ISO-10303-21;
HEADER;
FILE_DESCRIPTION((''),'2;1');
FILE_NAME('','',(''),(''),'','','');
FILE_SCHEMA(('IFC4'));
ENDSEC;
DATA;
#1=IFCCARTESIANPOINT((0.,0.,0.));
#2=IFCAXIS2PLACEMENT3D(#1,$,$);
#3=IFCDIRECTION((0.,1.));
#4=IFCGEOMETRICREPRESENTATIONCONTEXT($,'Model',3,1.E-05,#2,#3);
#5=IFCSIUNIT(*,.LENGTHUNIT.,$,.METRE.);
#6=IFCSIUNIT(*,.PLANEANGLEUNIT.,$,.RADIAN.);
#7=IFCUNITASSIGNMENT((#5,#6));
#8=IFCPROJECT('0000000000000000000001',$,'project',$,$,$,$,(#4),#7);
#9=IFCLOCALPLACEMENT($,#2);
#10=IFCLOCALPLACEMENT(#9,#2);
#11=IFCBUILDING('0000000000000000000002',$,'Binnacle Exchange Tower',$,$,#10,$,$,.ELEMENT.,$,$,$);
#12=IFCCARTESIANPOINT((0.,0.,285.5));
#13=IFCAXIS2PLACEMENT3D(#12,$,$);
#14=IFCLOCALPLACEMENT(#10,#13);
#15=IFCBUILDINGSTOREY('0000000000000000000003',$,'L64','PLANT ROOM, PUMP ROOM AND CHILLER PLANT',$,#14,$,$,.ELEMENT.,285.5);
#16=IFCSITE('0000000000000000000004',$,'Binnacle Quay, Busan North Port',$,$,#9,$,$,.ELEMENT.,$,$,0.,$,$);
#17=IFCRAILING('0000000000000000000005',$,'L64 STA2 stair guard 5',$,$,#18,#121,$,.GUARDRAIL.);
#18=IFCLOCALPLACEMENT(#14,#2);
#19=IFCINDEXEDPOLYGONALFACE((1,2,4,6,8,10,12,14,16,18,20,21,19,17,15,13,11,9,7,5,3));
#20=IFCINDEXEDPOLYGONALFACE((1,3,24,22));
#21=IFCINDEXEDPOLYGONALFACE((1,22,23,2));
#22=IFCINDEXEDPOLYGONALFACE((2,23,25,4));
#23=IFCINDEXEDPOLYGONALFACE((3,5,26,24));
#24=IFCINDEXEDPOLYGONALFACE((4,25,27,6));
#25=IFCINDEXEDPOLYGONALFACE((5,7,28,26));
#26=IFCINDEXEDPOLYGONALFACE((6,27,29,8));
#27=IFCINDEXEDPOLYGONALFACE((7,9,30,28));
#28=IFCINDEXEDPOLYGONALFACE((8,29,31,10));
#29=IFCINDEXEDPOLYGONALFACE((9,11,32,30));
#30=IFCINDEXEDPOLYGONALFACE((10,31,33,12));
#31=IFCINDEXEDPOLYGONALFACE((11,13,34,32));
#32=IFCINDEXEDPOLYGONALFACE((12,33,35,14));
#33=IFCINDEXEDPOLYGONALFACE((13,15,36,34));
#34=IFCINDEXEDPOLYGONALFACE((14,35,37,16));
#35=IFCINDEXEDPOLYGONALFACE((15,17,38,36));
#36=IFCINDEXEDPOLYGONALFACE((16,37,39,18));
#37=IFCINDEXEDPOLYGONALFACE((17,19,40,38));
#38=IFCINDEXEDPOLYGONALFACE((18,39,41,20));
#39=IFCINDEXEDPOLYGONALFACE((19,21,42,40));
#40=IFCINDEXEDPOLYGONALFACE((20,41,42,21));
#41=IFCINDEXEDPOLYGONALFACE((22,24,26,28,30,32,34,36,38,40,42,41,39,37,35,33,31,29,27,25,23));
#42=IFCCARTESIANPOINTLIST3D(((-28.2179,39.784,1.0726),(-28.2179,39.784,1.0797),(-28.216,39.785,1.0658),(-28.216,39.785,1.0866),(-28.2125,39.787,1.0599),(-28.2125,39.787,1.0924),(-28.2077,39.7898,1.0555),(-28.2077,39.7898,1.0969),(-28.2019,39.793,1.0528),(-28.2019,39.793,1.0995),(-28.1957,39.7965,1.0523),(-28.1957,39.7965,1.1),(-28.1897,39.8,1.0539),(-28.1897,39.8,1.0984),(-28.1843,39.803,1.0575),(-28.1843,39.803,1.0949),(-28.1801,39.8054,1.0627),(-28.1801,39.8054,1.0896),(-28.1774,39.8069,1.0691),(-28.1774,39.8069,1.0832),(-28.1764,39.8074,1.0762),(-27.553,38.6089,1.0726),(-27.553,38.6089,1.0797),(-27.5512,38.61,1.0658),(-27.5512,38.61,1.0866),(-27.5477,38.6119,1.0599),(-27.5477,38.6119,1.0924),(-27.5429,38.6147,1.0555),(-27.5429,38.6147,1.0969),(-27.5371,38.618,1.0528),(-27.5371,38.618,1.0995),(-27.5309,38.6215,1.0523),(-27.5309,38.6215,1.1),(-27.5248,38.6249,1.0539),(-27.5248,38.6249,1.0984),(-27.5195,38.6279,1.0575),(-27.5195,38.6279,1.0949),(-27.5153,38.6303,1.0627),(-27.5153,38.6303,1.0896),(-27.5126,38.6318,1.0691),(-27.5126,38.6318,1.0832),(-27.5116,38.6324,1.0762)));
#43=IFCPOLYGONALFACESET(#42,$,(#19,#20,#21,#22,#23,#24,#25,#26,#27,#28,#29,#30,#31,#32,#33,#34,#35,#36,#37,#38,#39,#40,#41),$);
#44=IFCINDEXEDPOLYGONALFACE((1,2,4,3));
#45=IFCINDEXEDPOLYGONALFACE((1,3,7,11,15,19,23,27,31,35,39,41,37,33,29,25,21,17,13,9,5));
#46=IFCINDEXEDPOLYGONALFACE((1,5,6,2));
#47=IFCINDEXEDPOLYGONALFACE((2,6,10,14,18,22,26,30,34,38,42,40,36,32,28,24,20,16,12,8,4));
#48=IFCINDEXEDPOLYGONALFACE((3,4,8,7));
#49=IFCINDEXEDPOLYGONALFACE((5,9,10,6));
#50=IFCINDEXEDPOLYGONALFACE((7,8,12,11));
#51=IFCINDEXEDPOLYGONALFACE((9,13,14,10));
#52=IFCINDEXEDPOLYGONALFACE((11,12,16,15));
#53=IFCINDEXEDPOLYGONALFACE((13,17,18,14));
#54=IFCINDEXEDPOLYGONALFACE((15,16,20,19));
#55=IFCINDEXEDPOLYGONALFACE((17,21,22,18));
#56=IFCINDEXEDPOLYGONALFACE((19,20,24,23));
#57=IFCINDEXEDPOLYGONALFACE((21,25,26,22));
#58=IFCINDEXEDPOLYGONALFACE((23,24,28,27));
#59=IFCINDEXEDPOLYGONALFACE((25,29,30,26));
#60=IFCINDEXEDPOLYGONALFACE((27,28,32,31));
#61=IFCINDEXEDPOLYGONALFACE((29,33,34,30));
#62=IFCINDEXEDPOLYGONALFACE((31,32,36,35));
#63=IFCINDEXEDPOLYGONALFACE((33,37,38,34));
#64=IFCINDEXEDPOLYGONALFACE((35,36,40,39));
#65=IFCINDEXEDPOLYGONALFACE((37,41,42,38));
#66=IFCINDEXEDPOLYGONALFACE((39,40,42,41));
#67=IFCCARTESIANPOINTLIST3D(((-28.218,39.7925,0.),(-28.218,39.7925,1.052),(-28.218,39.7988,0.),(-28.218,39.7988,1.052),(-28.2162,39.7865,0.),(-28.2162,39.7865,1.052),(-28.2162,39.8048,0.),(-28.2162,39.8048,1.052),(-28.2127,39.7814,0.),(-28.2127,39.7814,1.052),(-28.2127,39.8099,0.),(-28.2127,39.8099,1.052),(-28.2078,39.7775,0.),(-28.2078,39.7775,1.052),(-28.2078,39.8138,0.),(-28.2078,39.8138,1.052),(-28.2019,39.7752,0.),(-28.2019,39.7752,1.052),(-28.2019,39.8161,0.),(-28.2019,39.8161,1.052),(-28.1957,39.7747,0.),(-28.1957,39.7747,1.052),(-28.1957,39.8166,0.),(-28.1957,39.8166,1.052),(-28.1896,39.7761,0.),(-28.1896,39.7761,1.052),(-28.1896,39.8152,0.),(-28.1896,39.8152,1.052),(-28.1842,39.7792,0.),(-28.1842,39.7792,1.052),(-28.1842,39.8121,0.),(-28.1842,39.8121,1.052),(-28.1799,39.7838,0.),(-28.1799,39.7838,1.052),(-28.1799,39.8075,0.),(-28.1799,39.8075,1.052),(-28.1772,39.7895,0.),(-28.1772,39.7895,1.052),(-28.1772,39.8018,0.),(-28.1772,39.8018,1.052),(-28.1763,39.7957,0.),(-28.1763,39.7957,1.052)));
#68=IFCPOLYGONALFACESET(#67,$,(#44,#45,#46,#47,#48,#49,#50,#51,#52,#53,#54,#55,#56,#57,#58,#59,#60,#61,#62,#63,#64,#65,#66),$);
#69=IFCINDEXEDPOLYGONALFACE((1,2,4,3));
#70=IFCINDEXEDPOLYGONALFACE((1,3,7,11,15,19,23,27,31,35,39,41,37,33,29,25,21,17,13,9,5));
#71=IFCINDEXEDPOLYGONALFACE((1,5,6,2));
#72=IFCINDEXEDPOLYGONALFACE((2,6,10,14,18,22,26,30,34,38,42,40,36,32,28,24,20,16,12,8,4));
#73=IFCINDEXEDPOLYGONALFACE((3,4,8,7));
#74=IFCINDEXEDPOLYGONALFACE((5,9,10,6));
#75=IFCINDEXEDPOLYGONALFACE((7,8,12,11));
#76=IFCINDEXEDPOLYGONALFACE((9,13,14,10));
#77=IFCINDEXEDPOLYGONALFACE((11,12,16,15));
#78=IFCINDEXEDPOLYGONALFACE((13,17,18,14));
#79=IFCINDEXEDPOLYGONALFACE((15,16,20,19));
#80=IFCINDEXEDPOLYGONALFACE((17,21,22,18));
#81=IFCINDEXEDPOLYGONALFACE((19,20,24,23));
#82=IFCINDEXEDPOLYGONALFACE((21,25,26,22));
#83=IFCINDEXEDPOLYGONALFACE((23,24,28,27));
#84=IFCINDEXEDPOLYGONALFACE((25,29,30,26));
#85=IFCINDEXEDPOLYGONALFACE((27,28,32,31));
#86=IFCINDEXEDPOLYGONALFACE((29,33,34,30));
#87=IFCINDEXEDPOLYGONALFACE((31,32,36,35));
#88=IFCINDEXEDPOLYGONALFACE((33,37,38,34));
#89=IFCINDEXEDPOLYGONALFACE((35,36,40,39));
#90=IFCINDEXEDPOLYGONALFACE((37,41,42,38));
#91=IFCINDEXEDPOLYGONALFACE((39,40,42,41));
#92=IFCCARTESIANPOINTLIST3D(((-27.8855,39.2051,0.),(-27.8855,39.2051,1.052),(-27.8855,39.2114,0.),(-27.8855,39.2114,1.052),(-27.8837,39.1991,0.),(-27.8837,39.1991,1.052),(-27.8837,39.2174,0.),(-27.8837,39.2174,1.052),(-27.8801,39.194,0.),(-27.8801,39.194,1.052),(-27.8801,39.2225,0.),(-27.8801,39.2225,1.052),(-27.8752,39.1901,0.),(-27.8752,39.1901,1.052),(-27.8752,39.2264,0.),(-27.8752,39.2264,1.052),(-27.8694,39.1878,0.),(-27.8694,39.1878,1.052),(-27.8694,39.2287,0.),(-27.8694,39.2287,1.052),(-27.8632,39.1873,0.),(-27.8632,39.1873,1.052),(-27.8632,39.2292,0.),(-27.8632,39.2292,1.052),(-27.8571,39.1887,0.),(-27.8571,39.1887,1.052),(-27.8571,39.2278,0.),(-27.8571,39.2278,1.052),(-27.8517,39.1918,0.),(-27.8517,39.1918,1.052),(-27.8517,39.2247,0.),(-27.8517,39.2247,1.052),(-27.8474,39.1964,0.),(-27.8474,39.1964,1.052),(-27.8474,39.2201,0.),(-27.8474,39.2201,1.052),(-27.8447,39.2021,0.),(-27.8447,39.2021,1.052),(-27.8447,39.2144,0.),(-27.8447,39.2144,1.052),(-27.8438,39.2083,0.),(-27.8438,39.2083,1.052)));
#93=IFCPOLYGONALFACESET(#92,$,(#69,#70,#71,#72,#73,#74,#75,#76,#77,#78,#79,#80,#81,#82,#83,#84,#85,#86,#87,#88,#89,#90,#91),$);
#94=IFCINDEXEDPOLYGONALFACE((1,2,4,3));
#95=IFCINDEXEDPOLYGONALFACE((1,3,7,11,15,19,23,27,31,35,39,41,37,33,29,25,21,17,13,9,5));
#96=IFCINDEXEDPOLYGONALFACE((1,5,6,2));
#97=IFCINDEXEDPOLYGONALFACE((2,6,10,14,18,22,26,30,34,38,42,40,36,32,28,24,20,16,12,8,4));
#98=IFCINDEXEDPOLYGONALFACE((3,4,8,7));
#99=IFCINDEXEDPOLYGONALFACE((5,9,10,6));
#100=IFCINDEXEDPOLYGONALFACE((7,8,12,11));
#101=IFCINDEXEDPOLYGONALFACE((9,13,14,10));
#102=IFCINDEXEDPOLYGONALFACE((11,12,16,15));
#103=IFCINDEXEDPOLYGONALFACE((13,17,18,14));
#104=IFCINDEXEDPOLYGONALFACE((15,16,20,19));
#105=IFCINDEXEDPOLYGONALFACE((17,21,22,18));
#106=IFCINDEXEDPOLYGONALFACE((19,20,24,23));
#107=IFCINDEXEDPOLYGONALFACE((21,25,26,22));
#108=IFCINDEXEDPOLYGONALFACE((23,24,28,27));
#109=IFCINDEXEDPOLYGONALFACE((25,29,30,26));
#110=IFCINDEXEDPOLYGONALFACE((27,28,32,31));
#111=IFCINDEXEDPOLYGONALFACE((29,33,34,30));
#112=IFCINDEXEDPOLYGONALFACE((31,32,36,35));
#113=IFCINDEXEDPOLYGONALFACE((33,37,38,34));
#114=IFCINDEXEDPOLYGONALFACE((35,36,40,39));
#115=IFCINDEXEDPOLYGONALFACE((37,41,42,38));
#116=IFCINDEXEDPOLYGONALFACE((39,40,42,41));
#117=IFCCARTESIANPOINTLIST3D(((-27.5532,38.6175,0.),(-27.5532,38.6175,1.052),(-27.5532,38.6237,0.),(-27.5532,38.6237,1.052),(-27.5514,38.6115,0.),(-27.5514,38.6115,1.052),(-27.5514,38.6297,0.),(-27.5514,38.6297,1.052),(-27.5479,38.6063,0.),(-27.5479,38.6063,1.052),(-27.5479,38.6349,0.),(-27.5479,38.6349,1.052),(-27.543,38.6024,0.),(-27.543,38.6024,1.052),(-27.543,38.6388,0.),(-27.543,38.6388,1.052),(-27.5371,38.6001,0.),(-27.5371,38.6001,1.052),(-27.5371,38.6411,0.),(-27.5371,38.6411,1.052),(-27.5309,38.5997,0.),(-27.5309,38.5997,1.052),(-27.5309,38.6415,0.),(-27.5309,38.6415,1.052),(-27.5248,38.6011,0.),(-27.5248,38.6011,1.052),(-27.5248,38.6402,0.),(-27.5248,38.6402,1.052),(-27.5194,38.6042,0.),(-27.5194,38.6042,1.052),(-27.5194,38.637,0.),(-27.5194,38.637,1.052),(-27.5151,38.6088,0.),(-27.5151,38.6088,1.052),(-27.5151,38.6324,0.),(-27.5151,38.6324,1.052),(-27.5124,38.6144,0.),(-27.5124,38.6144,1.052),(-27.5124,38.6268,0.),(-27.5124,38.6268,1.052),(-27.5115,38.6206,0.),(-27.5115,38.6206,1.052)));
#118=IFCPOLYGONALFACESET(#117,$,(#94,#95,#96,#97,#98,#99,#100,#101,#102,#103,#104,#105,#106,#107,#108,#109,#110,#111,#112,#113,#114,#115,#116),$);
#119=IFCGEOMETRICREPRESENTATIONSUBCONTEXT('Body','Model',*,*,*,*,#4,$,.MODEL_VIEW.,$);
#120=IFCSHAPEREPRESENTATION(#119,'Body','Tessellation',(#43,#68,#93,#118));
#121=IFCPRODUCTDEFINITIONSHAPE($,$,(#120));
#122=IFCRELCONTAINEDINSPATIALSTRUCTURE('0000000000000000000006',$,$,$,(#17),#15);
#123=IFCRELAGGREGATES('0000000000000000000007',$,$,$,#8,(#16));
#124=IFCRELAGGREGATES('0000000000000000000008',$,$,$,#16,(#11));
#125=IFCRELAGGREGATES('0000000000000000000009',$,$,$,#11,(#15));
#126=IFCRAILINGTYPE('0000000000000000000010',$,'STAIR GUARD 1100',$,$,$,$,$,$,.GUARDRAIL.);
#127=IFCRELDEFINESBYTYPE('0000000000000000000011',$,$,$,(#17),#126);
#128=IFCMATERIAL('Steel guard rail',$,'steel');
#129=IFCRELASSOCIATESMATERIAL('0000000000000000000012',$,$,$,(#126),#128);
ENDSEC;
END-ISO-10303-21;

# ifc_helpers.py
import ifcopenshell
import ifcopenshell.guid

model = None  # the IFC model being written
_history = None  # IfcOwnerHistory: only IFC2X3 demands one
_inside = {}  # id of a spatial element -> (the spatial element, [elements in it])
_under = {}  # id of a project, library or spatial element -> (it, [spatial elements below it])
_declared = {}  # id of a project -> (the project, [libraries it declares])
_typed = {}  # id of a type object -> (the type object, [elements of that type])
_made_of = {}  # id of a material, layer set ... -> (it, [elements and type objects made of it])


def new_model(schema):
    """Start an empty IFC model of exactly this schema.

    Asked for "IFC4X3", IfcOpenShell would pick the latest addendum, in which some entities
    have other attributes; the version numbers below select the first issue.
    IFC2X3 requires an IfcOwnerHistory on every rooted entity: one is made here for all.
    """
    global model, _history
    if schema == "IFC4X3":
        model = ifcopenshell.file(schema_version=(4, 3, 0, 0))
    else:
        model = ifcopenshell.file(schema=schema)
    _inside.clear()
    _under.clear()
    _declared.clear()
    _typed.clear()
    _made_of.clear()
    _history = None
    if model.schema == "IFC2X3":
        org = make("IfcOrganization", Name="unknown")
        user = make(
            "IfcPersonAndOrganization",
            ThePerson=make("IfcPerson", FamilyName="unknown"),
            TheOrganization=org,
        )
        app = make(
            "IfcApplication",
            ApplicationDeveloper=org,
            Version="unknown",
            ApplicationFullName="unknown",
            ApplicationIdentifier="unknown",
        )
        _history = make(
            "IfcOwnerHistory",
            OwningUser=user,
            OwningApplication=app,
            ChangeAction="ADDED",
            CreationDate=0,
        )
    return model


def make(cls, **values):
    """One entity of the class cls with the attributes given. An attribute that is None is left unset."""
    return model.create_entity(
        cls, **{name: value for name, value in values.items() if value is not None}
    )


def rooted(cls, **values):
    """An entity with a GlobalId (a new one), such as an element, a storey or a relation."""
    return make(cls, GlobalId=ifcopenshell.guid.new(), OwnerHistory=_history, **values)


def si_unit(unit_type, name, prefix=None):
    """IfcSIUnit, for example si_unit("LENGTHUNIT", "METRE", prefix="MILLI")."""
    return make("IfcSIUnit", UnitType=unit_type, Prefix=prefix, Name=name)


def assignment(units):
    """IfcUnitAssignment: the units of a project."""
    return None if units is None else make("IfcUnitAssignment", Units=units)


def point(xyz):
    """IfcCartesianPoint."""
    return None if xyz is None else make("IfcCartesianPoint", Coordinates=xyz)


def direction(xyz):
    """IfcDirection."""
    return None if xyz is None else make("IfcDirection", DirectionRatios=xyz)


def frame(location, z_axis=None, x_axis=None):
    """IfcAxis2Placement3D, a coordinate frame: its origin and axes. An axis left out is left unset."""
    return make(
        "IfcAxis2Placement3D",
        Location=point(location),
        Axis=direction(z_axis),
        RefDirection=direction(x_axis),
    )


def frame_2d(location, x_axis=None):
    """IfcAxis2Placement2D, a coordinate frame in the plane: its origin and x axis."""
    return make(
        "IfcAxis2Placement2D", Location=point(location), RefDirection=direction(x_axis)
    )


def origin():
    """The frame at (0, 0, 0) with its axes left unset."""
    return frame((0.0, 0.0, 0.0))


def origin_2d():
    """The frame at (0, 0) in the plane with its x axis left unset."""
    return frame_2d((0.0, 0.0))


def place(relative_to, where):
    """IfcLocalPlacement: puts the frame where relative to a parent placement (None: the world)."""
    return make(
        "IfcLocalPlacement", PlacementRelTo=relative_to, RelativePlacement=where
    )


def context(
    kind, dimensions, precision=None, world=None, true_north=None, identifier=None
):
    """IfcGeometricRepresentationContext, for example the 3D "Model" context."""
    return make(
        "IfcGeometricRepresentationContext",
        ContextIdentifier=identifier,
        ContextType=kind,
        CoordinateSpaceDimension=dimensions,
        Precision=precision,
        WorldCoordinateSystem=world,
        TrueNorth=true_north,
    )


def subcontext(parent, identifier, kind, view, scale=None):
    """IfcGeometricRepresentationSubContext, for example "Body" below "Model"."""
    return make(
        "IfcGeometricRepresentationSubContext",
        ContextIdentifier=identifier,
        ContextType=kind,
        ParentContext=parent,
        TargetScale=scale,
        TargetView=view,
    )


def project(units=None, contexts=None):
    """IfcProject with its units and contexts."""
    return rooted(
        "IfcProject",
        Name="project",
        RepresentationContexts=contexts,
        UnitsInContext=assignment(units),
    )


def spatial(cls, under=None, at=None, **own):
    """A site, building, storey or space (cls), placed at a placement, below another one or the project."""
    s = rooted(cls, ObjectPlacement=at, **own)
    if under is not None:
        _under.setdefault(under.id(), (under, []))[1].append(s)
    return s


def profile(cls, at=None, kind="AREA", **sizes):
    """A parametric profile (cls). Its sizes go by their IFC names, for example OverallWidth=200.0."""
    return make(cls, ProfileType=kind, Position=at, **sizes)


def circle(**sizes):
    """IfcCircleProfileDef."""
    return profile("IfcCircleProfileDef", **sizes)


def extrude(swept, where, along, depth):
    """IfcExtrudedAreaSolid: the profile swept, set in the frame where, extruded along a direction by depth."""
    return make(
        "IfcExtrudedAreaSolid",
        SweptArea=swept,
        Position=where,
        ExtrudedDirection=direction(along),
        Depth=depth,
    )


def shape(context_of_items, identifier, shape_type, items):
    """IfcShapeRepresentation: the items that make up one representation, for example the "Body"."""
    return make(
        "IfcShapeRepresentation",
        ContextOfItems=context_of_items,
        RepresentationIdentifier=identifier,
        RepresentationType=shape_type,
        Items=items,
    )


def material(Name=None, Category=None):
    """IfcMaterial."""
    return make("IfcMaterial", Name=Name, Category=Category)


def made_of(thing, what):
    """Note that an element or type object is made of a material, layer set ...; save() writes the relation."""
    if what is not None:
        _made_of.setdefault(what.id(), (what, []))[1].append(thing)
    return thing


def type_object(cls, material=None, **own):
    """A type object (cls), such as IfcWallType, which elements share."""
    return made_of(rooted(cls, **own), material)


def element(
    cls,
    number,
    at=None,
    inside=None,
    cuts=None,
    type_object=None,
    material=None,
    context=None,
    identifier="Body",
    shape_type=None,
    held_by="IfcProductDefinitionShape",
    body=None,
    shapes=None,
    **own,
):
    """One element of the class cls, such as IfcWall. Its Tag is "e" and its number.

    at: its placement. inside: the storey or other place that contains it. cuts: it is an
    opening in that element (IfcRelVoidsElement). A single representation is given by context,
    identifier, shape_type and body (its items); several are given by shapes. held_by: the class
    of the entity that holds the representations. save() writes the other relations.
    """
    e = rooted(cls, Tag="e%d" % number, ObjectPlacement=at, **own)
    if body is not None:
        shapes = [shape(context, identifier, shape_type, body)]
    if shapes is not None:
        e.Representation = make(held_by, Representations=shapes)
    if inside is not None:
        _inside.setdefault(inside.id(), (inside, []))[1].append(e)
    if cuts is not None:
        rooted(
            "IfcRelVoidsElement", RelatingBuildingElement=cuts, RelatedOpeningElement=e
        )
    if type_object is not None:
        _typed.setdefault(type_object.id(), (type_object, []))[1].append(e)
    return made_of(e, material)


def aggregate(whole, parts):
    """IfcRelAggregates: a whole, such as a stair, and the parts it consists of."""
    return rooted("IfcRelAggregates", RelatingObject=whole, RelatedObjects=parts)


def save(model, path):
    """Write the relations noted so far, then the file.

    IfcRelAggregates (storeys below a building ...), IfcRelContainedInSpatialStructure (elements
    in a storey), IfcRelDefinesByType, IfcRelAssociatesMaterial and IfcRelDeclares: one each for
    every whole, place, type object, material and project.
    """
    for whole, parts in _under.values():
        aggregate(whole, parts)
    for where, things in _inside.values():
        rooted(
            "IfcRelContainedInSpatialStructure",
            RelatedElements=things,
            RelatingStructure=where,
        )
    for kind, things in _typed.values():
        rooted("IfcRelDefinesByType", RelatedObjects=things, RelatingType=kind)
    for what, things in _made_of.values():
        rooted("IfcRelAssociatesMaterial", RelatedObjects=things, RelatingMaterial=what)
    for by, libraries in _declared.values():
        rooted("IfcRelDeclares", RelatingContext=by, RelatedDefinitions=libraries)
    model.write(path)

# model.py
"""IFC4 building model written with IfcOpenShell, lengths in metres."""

from ifc_helpers import new_model, si_unit, direction, frame, origin, origin_2d, place, context, subcontext, project, spatial, circle, extrude, material, type_object, element, save


model = new_model("IFC4")

# Units and contexts
model_context = context("Model", 3, precision=1e-05, world=origin(), true_north=direction((0.0, 1.0)))
body_context = subcontext(model_context, "Body", "Model", "MODEL_VIEW")
ifc_project = project(units=[si_unit("LENGTHUNIT", "METRE"), si_unit("PLANEANGLEUNIT", "RADIAN")], contexts=[model_context])

# Site, building, storey
site_placement = place(None, origin())
site = spatial("IfcSite", under=ifc_project, at=site_placement, Name="Binnacle Quay, Busan North Port", CompositionType="ELEMENT", RefElevation=0.0)
building_placement = place(site_placement, origin())
building = spatial("IfcBuilding", under=site, at=building_placement, Name="Binnacle Exchange Tower", CompositionType="ELEMENT")
storey_placement = place(building_placement, frame((0.0, 0.0, 285.5)))
storey = spatial("IfcBuildingStorey", under=building, at=storey_placement, Name="L64", Description="PLANT ROOM, PUMP ROOM AND CHILLER PLANT", CompositionType="ELEMENT", Elevation=285.5)

# Railing
ifc_material_1 = material(Name="Steel guard rail", Category="steel")
railing_type_1 = type_object("IfcRailingType", Name="STAIR GUARD 1100", PredefinedType="GUARDRAIL", material=ifc_material_1)
railing_1_placement = place(storey_placement, frame((-28.1973, 39.7957, 0.0)))
element("IfcRailing", 1, at=railing_1_placement, inside=storey, type_object=railing_type_1, Name="L64 STA2 stair guard 5", PredefinedType="GUARDRAIL", context=body_context, shape_type="SweptSolid", body=[
    extrude(circle(Radius=0.0239, at=origin_2d()), frame((0.0, 0.0, 1.0762), z_axis=(0.492415, -0.870361, 0.0), x_axis=(0.870361, 0.492415, 0.0)), (0.0, 0.0, 1.0), 1.3501),
    extrude(circle(Radius=0.021, at=origin_2d()), origin(), (0.0, 0.0, 1.0), 1.052),
    extrude(circle(Radius=0.021, at=origin_2d()), frame((0.3325, -0.5874, 0.0)), (0.0, 0.0, 1.0), 1.052),
    extrude(circle(Radius=0.021, at=origin_2d()), frame((0.6648, -1.175, 0.0)), (0.0, 0.0, 1.0), 1.052),
])

save(model, "model.ifc")
